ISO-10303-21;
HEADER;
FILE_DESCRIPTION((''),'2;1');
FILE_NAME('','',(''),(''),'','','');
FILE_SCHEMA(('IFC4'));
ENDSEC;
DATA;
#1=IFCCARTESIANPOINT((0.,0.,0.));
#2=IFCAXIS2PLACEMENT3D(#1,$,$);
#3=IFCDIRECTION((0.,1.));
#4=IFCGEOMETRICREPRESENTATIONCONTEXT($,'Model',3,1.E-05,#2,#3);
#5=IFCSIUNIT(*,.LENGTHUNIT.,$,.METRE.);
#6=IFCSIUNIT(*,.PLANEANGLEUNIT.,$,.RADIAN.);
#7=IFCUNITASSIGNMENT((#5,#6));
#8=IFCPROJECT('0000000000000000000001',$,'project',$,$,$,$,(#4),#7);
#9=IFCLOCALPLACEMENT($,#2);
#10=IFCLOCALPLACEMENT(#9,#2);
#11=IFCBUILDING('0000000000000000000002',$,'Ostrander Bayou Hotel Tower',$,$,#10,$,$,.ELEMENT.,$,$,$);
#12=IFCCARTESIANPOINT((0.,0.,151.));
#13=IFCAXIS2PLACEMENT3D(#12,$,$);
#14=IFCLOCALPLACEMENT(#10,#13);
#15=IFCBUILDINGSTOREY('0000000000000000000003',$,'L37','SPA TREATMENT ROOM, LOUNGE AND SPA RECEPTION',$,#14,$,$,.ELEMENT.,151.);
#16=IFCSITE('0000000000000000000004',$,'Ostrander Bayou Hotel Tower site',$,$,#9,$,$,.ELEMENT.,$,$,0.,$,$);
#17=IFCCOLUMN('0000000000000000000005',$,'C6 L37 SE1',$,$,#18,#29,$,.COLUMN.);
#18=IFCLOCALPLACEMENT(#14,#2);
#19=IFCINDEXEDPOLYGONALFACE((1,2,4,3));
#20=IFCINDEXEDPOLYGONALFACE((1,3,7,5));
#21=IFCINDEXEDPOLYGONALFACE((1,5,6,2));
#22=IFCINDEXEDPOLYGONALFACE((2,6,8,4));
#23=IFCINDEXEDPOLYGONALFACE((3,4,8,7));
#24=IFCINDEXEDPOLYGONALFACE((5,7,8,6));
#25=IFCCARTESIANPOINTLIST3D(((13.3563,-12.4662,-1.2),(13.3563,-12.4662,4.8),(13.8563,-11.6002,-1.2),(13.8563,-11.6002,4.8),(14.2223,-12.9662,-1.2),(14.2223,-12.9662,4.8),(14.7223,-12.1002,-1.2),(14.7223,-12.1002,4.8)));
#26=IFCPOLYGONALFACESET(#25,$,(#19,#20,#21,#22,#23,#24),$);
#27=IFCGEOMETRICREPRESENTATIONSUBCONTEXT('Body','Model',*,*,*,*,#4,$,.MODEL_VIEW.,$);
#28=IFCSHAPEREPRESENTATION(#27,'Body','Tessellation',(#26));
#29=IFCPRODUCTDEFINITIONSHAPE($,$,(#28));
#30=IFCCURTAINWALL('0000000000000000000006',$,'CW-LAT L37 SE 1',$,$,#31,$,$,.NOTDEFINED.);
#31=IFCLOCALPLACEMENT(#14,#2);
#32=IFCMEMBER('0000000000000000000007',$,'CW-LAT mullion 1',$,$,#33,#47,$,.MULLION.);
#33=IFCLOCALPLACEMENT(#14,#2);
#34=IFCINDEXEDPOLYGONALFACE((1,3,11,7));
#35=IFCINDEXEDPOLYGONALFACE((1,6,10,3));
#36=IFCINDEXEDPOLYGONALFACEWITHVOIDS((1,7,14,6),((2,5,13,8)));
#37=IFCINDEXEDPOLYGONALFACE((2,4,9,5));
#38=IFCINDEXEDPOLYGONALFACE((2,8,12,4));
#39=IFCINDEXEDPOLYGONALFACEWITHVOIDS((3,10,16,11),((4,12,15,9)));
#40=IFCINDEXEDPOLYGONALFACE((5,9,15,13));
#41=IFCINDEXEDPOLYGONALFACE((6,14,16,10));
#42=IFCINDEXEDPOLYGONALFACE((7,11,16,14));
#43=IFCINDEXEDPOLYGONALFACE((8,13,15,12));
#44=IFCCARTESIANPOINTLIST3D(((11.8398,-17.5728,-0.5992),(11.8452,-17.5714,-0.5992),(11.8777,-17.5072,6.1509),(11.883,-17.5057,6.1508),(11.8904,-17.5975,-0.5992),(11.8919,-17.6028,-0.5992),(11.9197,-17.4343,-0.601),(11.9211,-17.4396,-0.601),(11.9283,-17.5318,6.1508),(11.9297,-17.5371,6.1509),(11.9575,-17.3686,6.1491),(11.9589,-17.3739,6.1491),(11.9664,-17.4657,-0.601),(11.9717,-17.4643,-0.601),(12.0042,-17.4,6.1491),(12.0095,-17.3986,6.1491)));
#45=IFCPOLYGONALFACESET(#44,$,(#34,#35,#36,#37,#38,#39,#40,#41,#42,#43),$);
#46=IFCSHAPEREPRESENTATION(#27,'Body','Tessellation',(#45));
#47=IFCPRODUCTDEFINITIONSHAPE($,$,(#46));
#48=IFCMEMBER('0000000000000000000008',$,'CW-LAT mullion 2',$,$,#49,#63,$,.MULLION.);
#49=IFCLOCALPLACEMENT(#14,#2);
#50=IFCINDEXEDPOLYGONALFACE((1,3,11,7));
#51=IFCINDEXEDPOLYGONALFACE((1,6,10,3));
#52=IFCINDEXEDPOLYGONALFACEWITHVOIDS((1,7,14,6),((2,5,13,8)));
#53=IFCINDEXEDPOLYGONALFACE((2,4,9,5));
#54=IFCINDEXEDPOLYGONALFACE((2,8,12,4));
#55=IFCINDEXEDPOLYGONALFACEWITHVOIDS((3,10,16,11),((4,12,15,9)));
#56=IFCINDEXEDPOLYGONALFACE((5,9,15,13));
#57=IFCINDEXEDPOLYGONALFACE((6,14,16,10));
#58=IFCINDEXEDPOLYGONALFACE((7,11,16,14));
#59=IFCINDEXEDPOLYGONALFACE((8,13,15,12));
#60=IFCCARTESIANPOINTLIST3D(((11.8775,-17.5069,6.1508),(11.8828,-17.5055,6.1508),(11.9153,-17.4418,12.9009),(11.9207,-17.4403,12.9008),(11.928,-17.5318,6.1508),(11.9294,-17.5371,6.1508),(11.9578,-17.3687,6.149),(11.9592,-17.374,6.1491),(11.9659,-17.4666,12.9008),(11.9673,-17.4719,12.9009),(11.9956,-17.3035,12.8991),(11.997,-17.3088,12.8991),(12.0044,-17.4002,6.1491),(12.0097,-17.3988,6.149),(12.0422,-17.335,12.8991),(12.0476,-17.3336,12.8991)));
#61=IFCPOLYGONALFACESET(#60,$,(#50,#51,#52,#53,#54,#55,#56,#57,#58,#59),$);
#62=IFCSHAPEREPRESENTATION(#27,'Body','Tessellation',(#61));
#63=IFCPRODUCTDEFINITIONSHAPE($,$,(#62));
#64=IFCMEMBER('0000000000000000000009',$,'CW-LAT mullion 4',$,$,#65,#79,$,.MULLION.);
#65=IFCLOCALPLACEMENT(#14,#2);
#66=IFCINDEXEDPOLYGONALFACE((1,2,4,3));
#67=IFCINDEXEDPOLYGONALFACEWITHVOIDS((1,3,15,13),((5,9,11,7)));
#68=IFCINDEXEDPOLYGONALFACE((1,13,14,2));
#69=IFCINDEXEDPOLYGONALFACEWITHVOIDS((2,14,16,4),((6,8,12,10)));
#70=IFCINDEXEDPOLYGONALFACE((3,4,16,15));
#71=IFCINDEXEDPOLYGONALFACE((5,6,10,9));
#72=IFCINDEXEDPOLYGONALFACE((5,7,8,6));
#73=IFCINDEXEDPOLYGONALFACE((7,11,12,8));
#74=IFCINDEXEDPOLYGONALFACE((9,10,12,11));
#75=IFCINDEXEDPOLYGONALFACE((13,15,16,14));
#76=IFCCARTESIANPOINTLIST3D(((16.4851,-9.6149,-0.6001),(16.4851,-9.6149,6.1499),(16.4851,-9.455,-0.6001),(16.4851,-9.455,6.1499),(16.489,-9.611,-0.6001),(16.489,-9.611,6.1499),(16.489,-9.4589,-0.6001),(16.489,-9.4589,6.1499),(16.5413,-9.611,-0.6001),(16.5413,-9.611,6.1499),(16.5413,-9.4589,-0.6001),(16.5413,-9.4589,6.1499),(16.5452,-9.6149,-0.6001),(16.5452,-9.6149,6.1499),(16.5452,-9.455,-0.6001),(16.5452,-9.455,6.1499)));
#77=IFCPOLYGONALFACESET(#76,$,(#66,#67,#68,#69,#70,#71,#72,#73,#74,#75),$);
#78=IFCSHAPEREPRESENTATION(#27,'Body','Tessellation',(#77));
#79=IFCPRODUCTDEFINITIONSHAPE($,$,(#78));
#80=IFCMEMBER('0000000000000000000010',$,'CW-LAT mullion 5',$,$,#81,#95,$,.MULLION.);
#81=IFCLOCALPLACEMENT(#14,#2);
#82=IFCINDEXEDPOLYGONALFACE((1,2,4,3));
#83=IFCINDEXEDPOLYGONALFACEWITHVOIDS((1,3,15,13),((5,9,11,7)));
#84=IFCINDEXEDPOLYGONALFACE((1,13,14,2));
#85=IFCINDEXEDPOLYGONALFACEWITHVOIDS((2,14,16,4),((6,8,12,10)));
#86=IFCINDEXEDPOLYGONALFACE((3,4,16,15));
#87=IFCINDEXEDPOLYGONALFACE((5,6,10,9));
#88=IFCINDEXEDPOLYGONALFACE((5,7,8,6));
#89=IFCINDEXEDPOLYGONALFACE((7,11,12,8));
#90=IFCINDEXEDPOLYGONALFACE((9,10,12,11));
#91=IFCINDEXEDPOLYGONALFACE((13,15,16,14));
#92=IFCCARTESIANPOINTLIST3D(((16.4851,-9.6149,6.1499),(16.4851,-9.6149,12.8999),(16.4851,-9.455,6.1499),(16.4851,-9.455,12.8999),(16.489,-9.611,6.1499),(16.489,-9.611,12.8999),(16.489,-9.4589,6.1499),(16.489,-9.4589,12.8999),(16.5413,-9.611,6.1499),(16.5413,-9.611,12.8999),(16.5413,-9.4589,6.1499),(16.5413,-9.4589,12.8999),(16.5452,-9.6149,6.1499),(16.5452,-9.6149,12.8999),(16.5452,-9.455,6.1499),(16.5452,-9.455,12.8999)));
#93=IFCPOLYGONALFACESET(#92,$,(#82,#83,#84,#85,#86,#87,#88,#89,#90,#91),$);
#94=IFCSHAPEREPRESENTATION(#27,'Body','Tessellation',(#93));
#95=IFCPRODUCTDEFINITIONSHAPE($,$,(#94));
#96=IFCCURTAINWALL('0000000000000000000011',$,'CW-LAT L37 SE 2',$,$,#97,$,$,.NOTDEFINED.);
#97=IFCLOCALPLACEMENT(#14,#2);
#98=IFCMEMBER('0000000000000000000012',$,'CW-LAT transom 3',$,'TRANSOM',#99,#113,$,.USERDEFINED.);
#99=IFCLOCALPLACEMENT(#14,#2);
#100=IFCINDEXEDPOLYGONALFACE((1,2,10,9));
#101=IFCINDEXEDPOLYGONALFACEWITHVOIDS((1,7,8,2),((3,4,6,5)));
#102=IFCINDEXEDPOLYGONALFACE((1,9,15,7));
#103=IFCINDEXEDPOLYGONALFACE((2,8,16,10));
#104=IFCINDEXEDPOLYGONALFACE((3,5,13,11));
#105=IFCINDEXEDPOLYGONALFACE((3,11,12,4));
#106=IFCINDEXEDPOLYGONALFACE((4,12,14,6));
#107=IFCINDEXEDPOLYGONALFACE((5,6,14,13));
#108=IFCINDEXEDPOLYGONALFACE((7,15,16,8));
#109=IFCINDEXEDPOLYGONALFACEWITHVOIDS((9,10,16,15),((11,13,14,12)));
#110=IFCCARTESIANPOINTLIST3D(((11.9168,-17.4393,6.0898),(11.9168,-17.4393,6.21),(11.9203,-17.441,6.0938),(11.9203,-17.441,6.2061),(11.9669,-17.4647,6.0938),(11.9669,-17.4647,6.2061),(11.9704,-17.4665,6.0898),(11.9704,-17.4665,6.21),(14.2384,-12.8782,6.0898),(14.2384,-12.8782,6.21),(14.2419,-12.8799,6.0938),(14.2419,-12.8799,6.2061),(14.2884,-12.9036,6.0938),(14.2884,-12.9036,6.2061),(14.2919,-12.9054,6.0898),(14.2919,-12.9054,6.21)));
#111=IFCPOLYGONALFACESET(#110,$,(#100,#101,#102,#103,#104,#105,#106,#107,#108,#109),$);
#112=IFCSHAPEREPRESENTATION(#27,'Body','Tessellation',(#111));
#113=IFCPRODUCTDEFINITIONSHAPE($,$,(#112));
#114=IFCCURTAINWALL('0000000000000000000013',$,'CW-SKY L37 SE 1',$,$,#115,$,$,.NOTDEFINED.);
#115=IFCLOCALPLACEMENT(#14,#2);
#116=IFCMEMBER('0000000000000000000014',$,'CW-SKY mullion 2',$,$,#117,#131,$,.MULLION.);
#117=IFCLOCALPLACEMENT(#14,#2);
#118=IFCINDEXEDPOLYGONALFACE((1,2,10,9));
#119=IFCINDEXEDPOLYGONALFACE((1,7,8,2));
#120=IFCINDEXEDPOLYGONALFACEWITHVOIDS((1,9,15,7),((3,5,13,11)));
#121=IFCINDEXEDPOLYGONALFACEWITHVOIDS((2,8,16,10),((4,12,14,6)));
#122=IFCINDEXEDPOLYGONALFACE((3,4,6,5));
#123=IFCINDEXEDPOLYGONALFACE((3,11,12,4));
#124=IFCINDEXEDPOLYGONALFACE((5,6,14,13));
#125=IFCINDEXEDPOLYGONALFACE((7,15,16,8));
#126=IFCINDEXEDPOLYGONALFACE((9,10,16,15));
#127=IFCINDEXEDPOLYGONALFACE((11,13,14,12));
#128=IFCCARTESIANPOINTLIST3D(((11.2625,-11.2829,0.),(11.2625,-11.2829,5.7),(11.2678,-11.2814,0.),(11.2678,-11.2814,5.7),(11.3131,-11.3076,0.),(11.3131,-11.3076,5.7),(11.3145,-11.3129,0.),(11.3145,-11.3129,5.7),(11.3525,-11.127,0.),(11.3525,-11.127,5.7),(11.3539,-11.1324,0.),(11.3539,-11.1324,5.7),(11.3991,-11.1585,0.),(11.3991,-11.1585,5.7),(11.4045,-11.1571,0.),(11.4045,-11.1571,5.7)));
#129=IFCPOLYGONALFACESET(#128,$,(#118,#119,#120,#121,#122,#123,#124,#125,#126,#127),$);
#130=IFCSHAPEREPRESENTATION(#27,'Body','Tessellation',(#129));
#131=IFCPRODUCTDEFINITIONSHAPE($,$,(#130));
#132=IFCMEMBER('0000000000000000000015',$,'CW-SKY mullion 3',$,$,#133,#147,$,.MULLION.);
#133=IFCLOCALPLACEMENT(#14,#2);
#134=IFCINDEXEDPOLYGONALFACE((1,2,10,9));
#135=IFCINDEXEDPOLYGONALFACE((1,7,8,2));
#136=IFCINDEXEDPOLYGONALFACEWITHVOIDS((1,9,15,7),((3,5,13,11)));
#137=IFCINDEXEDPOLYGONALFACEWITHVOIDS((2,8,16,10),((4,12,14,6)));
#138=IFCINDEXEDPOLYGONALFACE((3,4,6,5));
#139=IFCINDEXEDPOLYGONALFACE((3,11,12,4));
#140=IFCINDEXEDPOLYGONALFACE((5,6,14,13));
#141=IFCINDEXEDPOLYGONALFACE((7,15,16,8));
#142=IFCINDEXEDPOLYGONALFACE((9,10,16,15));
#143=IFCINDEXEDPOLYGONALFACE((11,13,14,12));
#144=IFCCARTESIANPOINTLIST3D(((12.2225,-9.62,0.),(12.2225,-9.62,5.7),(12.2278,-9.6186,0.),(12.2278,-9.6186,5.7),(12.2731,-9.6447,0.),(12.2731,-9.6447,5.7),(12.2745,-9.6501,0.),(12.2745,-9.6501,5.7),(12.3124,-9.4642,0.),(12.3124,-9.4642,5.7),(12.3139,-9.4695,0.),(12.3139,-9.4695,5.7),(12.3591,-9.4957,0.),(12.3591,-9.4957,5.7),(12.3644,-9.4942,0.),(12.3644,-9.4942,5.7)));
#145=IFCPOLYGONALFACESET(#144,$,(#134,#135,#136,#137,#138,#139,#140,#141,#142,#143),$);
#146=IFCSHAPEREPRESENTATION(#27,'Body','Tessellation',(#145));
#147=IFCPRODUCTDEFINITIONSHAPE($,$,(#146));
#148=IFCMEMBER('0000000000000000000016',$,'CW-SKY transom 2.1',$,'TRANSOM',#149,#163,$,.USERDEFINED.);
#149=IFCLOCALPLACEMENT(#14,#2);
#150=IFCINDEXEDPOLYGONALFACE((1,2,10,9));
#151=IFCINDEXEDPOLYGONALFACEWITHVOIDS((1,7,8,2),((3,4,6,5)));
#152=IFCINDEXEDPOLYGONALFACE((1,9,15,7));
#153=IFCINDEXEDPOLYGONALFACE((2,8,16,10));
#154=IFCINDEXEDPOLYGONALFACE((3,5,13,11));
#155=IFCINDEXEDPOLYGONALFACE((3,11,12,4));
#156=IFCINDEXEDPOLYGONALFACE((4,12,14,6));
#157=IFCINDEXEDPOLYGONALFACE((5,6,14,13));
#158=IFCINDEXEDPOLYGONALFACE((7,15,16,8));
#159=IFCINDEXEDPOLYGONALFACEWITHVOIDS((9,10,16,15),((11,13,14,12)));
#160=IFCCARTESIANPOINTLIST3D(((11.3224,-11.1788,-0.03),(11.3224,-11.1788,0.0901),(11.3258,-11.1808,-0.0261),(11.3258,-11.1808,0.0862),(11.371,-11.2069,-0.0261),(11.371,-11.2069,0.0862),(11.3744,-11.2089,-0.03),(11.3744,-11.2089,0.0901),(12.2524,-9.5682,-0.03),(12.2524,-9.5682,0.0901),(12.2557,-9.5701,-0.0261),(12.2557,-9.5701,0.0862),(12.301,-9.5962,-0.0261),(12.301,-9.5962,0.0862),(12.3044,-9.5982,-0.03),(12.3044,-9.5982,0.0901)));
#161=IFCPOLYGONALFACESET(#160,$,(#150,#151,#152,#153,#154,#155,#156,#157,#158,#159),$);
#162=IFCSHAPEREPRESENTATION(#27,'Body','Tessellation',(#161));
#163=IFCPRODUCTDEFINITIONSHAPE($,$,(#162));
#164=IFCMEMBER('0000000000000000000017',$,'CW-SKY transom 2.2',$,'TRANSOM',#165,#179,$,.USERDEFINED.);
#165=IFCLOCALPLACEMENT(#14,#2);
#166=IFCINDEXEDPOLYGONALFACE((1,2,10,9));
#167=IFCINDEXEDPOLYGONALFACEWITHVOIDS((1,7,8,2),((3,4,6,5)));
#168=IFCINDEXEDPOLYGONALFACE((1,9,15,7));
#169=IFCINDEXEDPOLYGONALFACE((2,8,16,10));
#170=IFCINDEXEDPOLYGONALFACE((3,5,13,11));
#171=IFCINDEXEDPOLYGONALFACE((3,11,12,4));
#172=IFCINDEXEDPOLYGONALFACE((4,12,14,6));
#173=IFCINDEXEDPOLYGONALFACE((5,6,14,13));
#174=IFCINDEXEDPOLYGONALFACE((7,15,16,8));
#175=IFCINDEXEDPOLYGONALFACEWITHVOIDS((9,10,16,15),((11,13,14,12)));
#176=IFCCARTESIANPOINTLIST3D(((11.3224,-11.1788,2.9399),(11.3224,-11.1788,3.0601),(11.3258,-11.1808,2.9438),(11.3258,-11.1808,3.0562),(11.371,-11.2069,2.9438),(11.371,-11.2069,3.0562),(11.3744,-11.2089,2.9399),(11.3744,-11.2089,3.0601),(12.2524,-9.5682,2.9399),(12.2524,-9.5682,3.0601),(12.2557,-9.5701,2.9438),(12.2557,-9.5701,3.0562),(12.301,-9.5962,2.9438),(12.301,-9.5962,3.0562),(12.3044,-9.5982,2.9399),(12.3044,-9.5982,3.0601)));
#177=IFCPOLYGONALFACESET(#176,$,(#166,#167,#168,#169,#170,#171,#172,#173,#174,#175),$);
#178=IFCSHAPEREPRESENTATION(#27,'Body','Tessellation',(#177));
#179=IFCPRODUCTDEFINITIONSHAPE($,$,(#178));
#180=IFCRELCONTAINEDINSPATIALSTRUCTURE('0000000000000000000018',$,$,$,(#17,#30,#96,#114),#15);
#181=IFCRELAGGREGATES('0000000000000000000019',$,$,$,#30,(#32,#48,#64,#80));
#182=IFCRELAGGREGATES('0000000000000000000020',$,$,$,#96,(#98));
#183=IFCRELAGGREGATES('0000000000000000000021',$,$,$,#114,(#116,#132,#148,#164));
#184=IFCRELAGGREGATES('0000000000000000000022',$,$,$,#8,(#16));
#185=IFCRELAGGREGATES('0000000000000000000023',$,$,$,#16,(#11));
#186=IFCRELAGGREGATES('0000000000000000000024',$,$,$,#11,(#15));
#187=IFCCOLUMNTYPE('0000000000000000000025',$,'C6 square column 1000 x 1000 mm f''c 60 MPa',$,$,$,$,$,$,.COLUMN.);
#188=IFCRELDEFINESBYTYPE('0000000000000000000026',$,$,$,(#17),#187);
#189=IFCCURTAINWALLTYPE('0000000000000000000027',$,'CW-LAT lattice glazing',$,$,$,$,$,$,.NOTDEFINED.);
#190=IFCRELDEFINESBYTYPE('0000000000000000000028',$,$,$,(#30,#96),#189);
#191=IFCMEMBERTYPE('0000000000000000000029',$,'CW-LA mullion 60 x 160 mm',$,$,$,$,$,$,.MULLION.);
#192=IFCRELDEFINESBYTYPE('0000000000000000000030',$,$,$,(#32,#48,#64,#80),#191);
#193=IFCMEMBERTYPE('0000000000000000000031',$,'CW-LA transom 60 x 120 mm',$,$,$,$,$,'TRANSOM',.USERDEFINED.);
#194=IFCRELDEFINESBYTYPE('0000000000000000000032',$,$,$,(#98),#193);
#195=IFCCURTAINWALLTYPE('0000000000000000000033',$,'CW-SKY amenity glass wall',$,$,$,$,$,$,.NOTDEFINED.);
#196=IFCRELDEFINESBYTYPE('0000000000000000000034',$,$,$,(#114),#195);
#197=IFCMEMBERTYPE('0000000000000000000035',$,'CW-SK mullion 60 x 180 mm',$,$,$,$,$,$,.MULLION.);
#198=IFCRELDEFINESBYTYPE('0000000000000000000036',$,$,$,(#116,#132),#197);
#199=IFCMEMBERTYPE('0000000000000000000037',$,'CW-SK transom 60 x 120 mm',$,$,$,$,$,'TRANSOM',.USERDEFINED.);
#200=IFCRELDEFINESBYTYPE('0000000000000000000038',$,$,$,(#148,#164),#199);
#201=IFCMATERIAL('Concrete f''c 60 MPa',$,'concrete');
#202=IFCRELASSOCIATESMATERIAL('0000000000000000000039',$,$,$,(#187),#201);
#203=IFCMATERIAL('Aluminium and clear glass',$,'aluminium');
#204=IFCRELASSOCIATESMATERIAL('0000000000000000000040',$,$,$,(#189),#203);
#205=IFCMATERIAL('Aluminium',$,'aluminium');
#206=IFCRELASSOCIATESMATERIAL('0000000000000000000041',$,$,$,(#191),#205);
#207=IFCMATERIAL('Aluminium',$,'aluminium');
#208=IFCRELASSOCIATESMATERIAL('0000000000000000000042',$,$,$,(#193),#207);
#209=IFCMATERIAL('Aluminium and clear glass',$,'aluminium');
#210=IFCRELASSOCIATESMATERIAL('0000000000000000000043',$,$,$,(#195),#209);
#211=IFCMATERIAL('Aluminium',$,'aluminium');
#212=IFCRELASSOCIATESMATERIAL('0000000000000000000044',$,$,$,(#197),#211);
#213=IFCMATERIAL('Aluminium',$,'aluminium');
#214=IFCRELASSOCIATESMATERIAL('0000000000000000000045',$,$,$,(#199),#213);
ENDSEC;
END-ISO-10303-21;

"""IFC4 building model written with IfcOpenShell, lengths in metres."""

from ifc_helpers import new_model, si_unit, direction, frame, origin, origin_2d, place, context, subcontext, project, spatial, rectangle, hollow_rectangle, extrude, material, material_profile, profile_set, type_object, element, aggregate, save


model = new_model("IFC4")

# Units and contexts
model_context = context("Model", 3, precision=1e-05, world=origin(), true_north=direction((0.0, 1.0)))
body_context = subcontext(model_context, "Body", "Model", "MODEL_VIEW")
ifc_project = project(units=[si_unit("LENGTHUNIT", "METRE"), si_unit("PLANEANGLEUNIT", "RADIAN")], contexts=[model_context])

# Site, building, storey
site_placement = place(None, origin())
site = spatial("IfcSite", under=ifc_project, at=site_placement, Name="Ostrander Bayou Hotel Tower site", CompositionType="ELEMENT", RefElevation=0.0)
building_placement = place(site_placement, origin())
building = spatial("IfcBuilding", under=site, at=building_placement, Name="Ostrander Bayou Hotel Tower", CompositionType="ELEMENT")
storey_placement = place(building_placement, frame((0.0, 0.0, 151.0)))
storey = spatial("IfcBuildingStorey", under=building, at=storey_placement, Name="L37", Description="SPA TREATMENT ROOM, LOUNGE AND SPA RECEPTION", CompositionType="ELEMENT", Elevation=151.0)

# Column
ifc_material_1 = material(Name="Concrete f'c 60 MPa", Category="concrete")
ifc_material_profile_1 = material_profile(ifc_material_1, rectangle(XDim=1.0, YDim=1.0, at=origin_2d()))
ifc_profile_set_1 = profile_set([ifc_material_profile_1], Name="Concrete f'c 60 MPa")
column_type = type_object("IfcColumnType", Name="C6 square column 1000 x 1000 mm f'c 60 MPa", PredefinedType="COLUMN", material=ifc_profile_set_1)
column_placement = place(storey_placement, frame((14.0393, -12.2832, -1.2), z_axis=(0.0, 0.0, 1.0), x_axis=(-0.5, -0.866025, 0.0)))
element("IfcColumn", 1, at=column_placement, inside=storey, type_object=column_type, Name="C6 L37 SE1", PredefinedType="COLUMN", context=body_context, shape_type="SweptSolid", body=[
    extrude(rectangle(XDim=1.0, YDim=1.0, at=origin_2d()), origin(), (0.0, 0.0, 1.0), 6.0),
])

# Curtain wall, members
ifc_material_2 = material(Name="Aluminium and clear glass", Category="aluminium")
curtain_wall_type_1 = type_object("IfcCurtainWallType", Name="CW-LAT lattice glazing", PredefinedType="NOTDEFINED", material=ifc_material_2)
curtain_wall_1_placement = place(storey_placement, origin())
curtain_wall_1 = element("IfcCurtainWall", 2, at=curtain_wall_1_placement, inside=storey, type_object=curtain_wall_type_1, Name="CW-LAT L37 SE 1", PredefinedType="NOTDEFINED")
ifc_material_3 = material(Name="Aluminium", Category="aluminium")
ifc_material_profile_2 = material_profile(ifc_material_3, hollow_rectangle(XDim=0.0601, YDim=0.1599, WallThickness=0.0039, at=origin_2d()))
ifc_profile_set_2 = profile_set([ifc_material_profile_2], Name="Aluminium")
member_type_1 = type_object("IfcMemberType", Name="CW-LA mullion 60 x 160 mm", PredefinedType="MULLION", material=ifc_profile_set_2)
member_1_placement = place(storey_placement, frame((11.9058, -17.5186, -0.6001), z_axis=(0.005606, 0.009729, 0.999937), x_axis=(-0.866454, 0.499258, 0.0)))
member_1 = element("IfcMember", 3, at=member_1_placement, type_object=member_type_1, Name="CW-LAT mullion 1", PredefinedType="MULLION", context=body_context, shape_type="SweptSolid", body=[
    extrude(hollow_rectangle(XDim=0.0601, YDim=0.1599, WallThickness=0.0039, at=origin_2d()), origin(), (0.0, 0.0, 1.0), 6.7505),
])
member_2_placement = place(storey_placement, frame((11.9436, -17.4529, 6.1499), z_axis=(0.005606, 0.009657, 0.999938), x_axis=(-0.864834, 0.502057, 0.0)))
member_2 = element("IfcMember", 4, at=member_2_placement, type_object=member_type_1, Name="CW-LAT mullion 2", PredefinedType="MULLION", context=body_context, shape_type="SweptSolid", body=[
    extrude(hollow_rectangle(XDim=0.0601, YDim=0.1599, WallThickness=0.0039, at=origin_2d()), origin(), (0.0, 0.0, 1.0), 6.7505),
])
member_3_placement = place(storey_placement, frame((16.5151, -9.5349, -0.6001), z_axis=(0.0, 0.0, 1.0), x_axis=(1.0, 0.0, 0.0)))
member_3 = element("IfcMember", 5, at=member_3_placement, type_object=member_type_1, Name="CW-LAT mullion 4", PredefinedType="MULLION", context=body_context, shape_type="SweptSolid", body=[
    extrude(hollow_rectangle(XDim=0.0601, YDim=0.1599, WallThickness=0.0039, at=origin_2d()), origin(), (0.0, 0.0, 1.0), 6.75),
])
member_4_placement = place(storey_placement, frame((16.5151, -9.5349, 6.1499), z_axis=(0.0, 0.0, 1.0), x_axis=(1.0, 0.0, 0.0)))
member_4 = element("IfcMember", 6, at=member_4_placement, type_object=member_type_1, Name="CW-LAT mullion 5", PredefinedType="MULLION", context=body_context, shape_type="SweptSolid", body=[
    extrude(hollow_rectangle(XDim=0.0601, YDim=0.1599, WallThickness=0.0039, at=origin_2d()), origin(), (0.0, 0.0, 1.0), 6.75),
])

# Curtain wall, member
curtain_wall_2_placement = place(storey_placement, origin())
curtain_wall_2 = element("IfcCurtainWall", 7, at=curtain_wall_2_placement, inside=storey, type_object=curtain_wall_type_1, Name="CW-LAT L37 SE 2", PredefinedType="NOTDEFINED")
ifc_material_4 = material(Name="Aluminium", Category="aluminium")
ifc_material_profile_3 = material_profile(ifc_material_4, hollow_rectangle(XDim=0.0601, YDim=0.1201, WallThickness=0.0039, at=origin_2d()))
ifc_profile_set_3 = profile_set([ifc_material_profile_3], Name="Aluminium")
member_type_2 = type_object("IfcMemberType", Name="CW-LA transom 60 x 120 mm", ElementType="TRANSOM", PredefinedType="USERDEFINED", material=ifc_profile_set_3)
member_5_placement = place(storey_placement, frame((11.9436, -17.4529, 6.1499), z_axis=(0.453613, 0.891199, 0.0), x_axis=(-0.891199, 0.453613, 0.0)))
member_5 = element("IfcMember", 8, at=member_5_placement, type_object=member_type_2, Name="CW-LAT transom 3", ObjectType="TRANSOM", PredefinedType="USERDEFINED", context=body_context, shape_type="SweptSolid", body=[
    extrude(hollow_rectangle(XDim=0.0601, YDim=0.1201, WallThickness=0.0039, at=origin_2d()), origin(), (0.0, 0.0, 1.0), 5.1179),
])

# Curtain wall, members
ifc_material_5 = material(Name="Aluminium and clear glass", Category="aluminium")
curtain_wall_type_2 = type_object("IfcCurtainWallType", Name="CW-SKY amenity glass wall", PredefinedType="NOTDEFINED", material=ifc_material_5)
curtain_wall_3_placement = place(storey_placement, origin())
curtain_wall_3 = element("IfcCurtainWall", 9, at=curtain_wall_3_placement, inside=storey, type_object=curtain_wall_type_2, Name="CW-SKY L37 SE 1", PredefinedType="NOTDEFINED")
ifc_material_6 = material(Name="Aluminium", Category="aluminium")
ifc_material_profile_4 = material_profile(ifc_material_6, hollow_rectangle(XDim=0.0601, YDim=0.1799, WallThickness=0.0039, at=origin_2d()))
ifc_profile_set_4 = profile_set([ifc_material_profile_4], Name="Aluminium")
member_type_3 = type_object("IfcMemberType", Name="CW-SK mullion 60 x 180 mm", PredefinedType="MULLION", material=ifc_profile_set_4)
member_6_placement = place(storey_placement, frame((11.3335, -11.22, 0.0), z_axis=(0.0, 0.0, 1.0), x_axis=(-0.866025, 0.5, 0.0)))
member_6 = element("IfcMember", 10, at=member_6_placement, type_object=member_type_3, Name="CW-SKY mullion 2", PredefinedType="MULLION", context=body_context, shape_type="SweptSolid", body=[
    extrude(hollow_rectangle(XDim=0.0601, YDim=0.1799, WallThickness=0.0039, at=origin_2d()), origin(), (0.0, 0.0, 1.0), 5.7),
])
member_7_placement = place(storey_placement, frame((12.2935, -9.5571, 0.0), z_axis=(0.0, 0.0, 1.0), x_axis=(-0.866025, 0.5, 0.0)))
member_7 = element("IfcMember", 11, at=member_7_placement, type_object=member_type_3, Name="CW-SKY mullion 3", PredefinedType="MULLION", context=body_context, shape_type="SweptSolid", body=[
    extrude(hollow_rectangle(XDim=0.0601, YDim=0.1799, WallThickness=0.0039, at=origin_2d()), origin(), (0.0, 0.0, 1.0), 5.7),
])
ifc_material_7 = material(Name="Aluminium", Category="aluminium")
ifc_material_profile_5 = material_profile(ifc_material_7, hollow_rectangle(XDim=0.0601, YDim=0.1201, WallThickness=0.0039, at=origin_2d()))
ifc_profile_set_5 = profile_set([ifc_material_profile_5], Name="Aluminium")
member_type_4 = type_object("IfcMemberType", Name="CW-SK transom 60 x 120 mm", ElementType="TRANSOM", PredefinedType="USERDEFINED", material=ifc_profile_set_5)
member_8_placement = place(storey_placement, frame((11.3484, -11.1938, 0.03), z_axis=(0.500022, 0.866013, 0.0), x_axis=(-0.866013, 0.500022, 0.0)))
member_8 = element("IfcMember", 12, at=member_8_placement, type_object=member_type_4, Name="CW-SKY transom 2.1", ObjectType="TRANSOM", PredefinedType="USERDEFINED", context=body_context, shape_type="SweptSolid", body=[
    extrude(hollow_rectangle(XDim=0.0601, YDim=0.1201, WallThickness=0.0039, at=origin_2d()), origin(), (0.0, 0.0, 1.0), 1.8599),
])
member_9_placement = place(storey_placement, frame((11.3484, -11.1938, 3.0), z_axis=(0.500022, 0.866013, 0.0), x_axis=(-0.866013, 0.500022, 0.0)))
member_9 = element("IfcMember", 13, at=member_9_placement, type_object=member_type_4, Name="CW-SKY transom 2.2", ObjectType="TRANSOM", PredefinedType="USERDEFINED", context=body_context, shape_type="SweptSolid", body=[
    extrude(hollow_rectangle(XDim=0.0601, YDim=0.1201, WallThickness=0.0039, at=origin_2d()), origin(), (0.0, 0.0, 1.0), 1.8599),
])

aggregate(curtain_wall_1, [member_1, member_2, member_3, member_4])
aggregate(curtain_wall_2, [member_5])
aggregate(curtain_wall_3, [member_6, member_7, member_8, member_9])

save(model, "model.ifc")
